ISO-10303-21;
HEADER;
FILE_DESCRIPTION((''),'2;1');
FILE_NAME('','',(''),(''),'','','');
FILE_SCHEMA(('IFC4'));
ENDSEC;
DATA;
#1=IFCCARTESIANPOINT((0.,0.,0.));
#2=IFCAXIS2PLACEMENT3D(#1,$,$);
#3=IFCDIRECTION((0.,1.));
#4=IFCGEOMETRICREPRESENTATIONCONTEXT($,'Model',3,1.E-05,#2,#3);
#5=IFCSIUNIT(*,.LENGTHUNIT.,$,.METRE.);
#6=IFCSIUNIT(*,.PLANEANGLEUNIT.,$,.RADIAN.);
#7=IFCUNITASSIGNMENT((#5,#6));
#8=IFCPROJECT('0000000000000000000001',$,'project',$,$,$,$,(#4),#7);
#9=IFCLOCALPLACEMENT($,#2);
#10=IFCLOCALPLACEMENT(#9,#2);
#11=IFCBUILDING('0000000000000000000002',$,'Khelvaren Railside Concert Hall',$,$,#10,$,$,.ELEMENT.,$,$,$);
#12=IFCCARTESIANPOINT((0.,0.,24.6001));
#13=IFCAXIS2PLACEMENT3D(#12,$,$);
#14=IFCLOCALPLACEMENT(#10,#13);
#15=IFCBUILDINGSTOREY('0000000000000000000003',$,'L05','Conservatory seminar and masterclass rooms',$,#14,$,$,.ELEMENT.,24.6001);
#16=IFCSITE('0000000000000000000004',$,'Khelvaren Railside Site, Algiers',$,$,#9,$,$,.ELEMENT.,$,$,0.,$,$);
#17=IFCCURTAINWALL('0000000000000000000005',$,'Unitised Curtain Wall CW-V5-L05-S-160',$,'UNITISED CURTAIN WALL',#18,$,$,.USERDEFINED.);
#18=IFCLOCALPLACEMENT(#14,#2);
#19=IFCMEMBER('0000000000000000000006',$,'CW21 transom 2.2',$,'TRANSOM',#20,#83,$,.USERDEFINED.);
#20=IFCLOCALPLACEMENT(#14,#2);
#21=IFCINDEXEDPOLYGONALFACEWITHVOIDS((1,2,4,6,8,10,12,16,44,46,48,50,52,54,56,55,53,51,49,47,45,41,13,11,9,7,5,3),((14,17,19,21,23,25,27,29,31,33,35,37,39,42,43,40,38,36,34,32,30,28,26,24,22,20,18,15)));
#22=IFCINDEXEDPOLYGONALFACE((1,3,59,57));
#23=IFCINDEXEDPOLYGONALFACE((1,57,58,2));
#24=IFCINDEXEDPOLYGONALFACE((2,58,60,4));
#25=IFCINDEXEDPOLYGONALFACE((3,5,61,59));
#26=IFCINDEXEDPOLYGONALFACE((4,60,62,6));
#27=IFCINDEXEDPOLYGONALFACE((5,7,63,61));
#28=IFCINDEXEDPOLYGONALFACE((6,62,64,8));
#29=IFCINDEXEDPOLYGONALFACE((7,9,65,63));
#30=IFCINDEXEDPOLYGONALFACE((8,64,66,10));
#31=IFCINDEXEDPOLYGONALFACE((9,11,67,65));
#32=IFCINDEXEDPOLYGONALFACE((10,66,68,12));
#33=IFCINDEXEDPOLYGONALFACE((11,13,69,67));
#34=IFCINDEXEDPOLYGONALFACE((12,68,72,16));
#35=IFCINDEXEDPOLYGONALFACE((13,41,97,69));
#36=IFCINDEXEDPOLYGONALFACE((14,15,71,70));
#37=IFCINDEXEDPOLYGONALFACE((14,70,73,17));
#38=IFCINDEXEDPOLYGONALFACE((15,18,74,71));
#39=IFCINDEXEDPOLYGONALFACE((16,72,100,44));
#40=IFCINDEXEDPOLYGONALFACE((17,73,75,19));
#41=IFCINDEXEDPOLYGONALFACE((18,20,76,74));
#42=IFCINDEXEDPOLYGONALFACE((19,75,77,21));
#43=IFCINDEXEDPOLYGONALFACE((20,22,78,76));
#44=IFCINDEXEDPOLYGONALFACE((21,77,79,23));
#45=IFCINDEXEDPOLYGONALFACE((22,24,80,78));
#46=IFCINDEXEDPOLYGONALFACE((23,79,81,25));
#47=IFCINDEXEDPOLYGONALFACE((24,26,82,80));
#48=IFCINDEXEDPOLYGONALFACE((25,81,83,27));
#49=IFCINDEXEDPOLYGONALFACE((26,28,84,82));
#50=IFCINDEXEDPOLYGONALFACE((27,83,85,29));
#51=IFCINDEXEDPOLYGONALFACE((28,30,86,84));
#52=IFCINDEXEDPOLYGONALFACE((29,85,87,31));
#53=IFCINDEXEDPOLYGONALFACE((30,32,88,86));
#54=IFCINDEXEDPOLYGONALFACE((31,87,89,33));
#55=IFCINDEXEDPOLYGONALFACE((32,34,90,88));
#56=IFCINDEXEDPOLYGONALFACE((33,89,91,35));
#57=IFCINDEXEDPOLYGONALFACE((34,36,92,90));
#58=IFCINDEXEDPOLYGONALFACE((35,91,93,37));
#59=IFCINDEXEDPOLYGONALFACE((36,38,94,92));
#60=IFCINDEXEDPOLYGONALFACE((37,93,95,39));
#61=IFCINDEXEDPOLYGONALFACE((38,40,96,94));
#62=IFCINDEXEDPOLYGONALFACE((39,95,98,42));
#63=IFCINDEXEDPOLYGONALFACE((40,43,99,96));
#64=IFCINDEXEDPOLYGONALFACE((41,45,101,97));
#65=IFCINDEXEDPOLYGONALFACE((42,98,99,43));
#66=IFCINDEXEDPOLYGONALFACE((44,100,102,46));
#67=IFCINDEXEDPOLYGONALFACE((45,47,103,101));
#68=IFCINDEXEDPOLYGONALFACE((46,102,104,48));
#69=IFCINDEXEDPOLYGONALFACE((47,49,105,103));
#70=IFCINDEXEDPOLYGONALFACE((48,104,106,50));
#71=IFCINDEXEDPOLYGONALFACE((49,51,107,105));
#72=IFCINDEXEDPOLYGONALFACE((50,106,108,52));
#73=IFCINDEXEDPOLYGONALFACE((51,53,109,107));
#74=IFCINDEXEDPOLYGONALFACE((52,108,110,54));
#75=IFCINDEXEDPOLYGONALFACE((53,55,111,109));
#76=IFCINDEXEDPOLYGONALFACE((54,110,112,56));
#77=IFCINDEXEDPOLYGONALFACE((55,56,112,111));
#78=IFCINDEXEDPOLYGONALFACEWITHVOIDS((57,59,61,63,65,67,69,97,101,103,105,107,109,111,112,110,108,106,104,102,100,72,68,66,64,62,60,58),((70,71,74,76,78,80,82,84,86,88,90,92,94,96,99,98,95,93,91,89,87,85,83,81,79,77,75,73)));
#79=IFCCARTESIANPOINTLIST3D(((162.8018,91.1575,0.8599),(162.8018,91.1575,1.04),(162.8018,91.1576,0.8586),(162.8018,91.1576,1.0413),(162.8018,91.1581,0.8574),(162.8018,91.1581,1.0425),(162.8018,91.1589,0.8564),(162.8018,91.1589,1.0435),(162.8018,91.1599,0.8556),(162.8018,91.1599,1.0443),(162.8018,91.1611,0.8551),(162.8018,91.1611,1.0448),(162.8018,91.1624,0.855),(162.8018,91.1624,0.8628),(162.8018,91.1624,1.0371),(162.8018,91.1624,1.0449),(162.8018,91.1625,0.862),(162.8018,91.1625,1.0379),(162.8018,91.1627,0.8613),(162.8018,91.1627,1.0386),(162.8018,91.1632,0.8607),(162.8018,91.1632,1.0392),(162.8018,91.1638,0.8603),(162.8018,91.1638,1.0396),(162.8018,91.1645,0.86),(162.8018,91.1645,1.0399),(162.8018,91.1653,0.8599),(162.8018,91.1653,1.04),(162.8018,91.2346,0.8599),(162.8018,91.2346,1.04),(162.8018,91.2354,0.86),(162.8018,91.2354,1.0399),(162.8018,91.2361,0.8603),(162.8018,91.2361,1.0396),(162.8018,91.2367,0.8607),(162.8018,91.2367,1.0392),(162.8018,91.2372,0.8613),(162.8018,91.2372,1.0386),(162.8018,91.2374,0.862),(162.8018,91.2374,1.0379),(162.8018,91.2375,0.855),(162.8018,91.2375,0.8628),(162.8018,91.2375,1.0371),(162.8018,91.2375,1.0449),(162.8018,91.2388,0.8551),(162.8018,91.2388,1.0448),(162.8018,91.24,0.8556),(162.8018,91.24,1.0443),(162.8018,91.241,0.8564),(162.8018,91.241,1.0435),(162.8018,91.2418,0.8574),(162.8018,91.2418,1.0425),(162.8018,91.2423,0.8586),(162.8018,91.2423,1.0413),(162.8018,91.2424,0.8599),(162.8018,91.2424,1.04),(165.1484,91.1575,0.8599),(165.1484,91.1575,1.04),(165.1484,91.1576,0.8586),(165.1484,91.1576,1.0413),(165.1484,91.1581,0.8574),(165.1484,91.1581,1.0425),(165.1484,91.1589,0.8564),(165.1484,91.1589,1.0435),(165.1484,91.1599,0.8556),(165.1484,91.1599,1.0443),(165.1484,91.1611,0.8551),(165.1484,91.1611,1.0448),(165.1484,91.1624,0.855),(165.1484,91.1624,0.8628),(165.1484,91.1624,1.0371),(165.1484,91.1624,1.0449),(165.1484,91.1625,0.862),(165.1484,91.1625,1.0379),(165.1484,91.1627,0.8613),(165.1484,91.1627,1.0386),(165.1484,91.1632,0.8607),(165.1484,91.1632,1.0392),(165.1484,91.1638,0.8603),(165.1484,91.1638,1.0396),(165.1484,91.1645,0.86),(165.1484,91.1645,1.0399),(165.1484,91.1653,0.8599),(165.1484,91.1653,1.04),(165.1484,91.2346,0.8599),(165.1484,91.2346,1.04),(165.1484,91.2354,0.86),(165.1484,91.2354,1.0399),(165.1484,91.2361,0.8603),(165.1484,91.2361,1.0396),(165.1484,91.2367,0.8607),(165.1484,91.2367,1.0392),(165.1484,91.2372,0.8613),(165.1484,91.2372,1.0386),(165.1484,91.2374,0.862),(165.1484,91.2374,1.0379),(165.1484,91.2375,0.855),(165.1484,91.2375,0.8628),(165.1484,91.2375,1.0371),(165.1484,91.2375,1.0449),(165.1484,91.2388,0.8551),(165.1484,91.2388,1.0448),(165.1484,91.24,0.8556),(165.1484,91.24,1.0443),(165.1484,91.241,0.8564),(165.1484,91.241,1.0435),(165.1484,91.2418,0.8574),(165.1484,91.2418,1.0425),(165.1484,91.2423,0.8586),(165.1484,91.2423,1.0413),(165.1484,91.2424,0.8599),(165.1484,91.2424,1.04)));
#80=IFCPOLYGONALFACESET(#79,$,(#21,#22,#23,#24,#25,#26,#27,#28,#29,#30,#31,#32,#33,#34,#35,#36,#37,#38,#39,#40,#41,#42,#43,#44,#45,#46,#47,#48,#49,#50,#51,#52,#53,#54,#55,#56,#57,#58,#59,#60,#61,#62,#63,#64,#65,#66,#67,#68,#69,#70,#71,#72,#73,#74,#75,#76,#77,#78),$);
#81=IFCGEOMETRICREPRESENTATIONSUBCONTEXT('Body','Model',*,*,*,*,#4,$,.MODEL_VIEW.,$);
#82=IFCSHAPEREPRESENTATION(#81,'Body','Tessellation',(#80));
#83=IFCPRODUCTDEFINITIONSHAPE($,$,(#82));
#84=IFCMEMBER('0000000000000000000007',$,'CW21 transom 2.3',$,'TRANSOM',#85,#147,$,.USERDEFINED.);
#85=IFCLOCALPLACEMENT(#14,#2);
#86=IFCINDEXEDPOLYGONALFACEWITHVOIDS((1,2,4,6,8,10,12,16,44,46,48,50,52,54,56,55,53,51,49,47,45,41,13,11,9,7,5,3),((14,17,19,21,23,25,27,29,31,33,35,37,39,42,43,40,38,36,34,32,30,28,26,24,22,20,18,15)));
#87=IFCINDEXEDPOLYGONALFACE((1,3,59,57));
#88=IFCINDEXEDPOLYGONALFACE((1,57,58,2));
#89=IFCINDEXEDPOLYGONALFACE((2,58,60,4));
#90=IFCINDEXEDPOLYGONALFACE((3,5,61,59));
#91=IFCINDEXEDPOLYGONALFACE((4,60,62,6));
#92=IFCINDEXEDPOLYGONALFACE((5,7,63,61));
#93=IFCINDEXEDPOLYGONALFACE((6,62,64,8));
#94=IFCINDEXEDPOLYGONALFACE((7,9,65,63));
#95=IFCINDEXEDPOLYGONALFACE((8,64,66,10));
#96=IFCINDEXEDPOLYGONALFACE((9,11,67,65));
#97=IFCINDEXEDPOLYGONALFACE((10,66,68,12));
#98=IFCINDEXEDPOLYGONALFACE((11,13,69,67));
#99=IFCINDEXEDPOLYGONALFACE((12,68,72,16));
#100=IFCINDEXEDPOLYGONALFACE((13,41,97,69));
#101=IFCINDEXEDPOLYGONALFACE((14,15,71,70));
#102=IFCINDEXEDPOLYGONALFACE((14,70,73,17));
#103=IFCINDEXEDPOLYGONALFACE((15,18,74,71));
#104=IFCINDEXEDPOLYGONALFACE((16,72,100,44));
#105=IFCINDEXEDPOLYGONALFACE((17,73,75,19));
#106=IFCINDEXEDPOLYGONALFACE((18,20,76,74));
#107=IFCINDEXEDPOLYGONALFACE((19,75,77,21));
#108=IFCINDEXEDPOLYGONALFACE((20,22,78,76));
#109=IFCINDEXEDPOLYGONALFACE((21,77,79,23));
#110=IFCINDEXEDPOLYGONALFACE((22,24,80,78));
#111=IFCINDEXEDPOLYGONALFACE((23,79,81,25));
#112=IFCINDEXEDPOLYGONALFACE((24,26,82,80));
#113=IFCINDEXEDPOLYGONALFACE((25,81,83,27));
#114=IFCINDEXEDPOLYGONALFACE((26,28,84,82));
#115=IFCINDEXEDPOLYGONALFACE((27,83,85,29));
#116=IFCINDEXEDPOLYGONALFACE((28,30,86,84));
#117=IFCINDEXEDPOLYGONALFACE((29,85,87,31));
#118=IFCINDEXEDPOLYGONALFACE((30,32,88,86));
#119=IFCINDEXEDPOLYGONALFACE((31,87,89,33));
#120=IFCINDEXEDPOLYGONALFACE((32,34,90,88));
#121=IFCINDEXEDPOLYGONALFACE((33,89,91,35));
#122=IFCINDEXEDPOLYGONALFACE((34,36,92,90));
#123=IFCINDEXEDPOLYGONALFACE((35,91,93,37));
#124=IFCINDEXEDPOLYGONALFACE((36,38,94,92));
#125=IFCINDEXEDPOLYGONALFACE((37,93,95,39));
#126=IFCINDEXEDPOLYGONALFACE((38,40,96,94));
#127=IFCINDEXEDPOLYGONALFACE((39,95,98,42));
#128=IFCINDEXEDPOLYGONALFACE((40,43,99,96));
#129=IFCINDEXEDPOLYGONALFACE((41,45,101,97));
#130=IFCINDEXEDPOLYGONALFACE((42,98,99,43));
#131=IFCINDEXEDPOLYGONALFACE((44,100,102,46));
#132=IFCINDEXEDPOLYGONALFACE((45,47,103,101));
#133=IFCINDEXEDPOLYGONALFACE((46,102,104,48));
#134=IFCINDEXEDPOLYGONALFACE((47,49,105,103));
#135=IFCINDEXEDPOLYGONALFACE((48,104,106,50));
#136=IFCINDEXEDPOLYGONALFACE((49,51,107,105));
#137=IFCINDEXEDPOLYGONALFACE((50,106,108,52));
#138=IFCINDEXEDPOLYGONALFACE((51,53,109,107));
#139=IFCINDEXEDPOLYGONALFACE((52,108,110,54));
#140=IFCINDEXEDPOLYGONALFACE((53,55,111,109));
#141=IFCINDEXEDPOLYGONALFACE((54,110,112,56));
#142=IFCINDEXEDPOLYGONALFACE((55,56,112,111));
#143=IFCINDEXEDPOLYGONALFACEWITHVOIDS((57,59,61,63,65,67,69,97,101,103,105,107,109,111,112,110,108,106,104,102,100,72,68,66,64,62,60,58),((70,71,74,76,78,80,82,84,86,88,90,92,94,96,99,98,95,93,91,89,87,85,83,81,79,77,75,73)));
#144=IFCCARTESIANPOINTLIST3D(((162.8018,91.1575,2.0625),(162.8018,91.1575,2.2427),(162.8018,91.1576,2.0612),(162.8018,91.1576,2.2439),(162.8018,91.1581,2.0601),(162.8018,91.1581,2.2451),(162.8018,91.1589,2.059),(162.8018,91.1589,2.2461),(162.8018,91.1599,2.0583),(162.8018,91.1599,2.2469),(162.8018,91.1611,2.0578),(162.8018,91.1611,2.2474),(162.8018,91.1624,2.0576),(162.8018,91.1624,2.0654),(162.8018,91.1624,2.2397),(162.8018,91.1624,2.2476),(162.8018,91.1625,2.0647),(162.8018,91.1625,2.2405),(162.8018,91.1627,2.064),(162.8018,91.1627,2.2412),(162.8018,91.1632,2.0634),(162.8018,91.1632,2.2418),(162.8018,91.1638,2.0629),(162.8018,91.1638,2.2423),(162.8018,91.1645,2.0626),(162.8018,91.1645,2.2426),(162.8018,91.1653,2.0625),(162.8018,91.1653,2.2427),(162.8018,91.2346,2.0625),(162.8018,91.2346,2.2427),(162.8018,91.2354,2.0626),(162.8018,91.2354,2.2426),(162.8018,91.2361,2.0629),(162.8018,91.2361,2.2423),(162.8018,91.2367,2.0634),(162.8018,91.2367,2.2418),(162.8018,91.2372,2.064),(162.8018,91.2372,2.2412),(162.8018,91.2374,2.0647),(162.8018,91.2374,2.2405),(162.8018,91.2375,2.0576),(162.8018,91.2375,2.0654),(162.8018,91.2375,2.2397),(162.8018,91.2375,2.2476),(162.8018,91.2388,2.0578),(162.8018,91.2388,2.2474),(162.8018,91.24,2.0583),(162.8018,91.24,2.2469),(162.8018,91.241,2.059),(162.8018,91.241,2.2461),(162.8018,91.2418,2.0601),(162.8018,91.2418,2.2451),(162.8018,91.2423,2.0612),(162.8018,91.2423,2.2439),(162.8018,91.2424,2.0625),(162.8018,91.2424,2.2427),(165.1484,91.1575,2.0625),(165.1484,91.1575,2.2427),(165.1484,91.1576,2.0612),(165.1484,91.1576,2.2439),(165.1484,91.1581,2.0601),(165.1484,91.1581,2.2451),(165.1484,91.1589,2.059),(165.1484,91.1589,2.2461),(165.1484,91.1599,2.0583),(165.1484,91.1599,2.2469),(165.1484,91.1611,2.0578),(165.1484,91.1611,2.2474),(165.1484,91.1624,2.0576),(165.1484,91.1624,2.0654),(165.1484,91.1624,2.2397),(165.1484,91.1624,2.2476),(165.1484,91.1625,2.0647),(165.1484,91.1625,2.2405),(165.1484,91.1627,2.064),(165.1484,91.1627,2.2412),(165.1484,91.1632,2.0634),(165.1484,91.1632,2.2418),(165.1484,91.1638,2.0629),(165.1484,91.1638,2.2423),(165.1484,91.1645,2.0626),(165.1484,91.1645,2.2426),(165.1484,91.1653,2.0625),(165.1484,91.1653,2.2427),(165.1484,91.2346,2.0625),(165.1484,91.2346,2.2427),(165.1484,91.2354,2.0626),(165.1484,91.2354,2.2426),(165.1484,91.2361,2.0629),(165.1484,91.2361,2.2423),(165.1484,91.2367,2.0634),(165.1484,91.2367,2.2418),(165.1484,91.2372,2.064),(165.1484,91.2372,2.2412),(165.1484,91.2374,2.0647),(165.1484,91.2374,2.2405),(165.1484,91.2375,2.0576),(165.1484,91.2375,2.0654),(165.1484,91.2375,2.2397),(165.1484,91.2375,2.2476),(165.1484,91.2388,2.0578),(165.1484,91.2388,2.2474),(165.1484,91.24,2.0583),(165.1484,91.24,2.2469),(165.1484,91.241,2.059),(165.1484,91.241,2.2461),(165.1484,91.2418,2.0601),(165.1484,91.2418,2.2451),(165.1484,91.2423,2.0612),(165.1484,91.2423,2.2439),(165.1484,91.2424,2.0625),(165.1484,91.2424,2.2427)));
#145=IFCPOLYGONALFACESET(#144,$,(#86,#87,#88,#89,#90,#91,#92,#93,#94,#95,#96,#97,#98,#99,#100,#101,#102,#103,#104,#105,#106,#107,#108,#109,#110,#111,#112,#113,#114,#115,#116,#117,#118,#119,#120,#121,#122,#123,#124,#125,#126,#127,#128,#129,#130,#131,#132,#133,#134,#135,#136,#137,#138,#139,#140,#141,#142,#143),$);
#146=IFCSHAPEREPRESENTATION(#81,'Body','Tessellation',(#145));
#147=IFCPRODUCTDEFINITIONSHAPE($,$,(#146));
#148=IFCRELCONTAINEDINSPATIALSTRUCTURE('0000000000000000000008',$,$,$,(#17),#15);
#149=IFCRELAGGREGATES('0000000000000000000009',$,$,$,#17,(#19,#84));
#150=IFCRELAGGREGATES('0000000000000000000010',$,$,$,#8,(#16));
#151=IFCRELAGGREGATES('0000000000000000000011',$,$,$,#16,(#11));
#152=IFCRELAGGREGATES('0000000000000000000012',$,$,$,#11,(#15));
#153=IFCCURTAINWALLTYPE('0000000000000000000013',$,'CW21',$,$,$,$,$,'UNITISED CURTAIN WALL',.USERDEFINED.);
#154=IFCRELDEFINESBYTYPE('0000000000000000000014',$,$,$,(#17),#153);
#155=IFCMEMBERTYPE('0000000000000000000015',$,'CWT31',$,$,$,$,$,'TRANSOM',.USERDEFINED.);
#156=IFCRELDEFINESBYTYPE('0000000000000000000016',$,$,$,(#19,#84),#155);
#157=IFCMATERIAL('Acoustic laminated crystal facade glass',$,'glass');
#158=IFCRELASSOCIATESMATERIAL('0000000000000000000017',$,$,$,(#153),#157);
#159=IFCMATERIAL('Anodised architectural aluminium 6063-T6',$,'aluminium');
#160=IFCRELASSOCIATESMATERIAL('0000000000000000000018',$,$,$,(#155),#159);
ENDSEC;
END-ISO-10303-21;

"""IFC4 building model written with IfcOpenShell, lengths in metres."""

from ifc_helpers import new_model, si_unit, direction, frame, origin, origin_2d, place, context, subcontext, project, spatial, hollow_rectangle, extrude, material, material_profile, profile_set, type_object, element, aggregate, save


model = new_model("IFC4")

# Units and contexts
model_context = context("Model", 3, precision=1e-05, world=origin(), true_north=direction((0.0, 1.0)))
body_context = subcontext(model_context, "Body", "Model", "MODEL_VIEW")
ifc_project = project(units=[si_unit("LENGTHUNIT", "METRE"), si_unit("PLANEANGLEUNIT", "RADIAN")], contexts=[model_context])

# Site, building, storey
site_placement = place(None, origin())
site = spatial("IfcSite", under=ifc_project, at=site_placement, Name="Khelvaren Railside Site, Algiers", CompositionType="ELEMENT", RefElevation=0.0)
building_placement = place(site_placement, origin())
building = spatial("IfcBuilding", under=site, at=building_placement, Name="Khelvaren Railside Concert Hall", CompositionType="ELEMENT")
storey_placement = place(building_placement, frame((0.0, 0.0, 24.6001)))
storey = spatial("IfcBuildingStorey", under=building, at=storey_placement, Name="L05", Description="Conservatory seminar and masterclass rooms", CompositionType="ELEMENT", Elevation=24.6001)

# Shared definitions
ifc_material_1 = material(Name="Acoustic laminated crystal facade glass", Category="glass")
ifc_material_2 = material(Name="Anodised architectural aluminium 6063-T6", Category="aluminium")

# Curtain wall
curtain_wall_type_1 = type_object("IfcCurtainWallType", Name="CW21", ElementType="UNITISED CURTAIN WALL", PredefinedType="USERDEFINED", material=ifc_material_1)
curtain_wall_1_placement = place(storey_placement, origin())
curtain_wall_1 = element("IfcCurtainWall", 1, at=curtain_wall_1_placement, inside=storey, type_object=curtain_wall_type_1, Name="Unitised Curtain Wall CW-V5-L05-S-160", ObjectType="UNITISED CURTAIN WALL", PredefinedType="USERDEFINED")

# Members
ifc_material_profile_1 = material_profile(ifc_material_2, hollow_rectangle(XDim=0.085, YDim=0.1899, WallThickness=0.0049, InnerFilletRadius=0.0029, OuterFilletRadius=0.0049, at=origin_2d()), Name="CWT 85x190x5")
ifc_profile_set_1 = profile_set([ifc_material_profile_1], Name="Anodised architectural aluminium 6063-T6")
member_type_1 = type_object("IfcMemberType", Name="CWT31", ElementType="TRANSOM", PredefinedType="USERDEFINED", material=ifc_profile_set_1)
member_1_placement = place(storey_placement, frame((165.1484, 91.2, 0.95), z_axis=(-1.0, 0.0, 0.0), x_axis=(0.0, -1.0, 0.0)))
member_1 = element("IfcMember", 2, at=member_1_placement, type_object=member_type_1, Name="CW21 transom 2.2", ObjectType="TRANSOM", PredefinedType="USERDEFINED", context=body_context, shape_type="SweptSolid", body=[
    extrude(hollow_rectangle(XDim=0.085, YDim=0.1899, WallThickness=0.0049, InnerFilletRadius=0.0029, OuterFilletRadius=0.0049, at=origin_2d()), origin(), (0.0, 0.0, 1.0), 2.3467),
])
member_2_placement = place(storey_placement, frame((165.1484, 91.2, 2.1526), z_axis=(-1.0, 0.0, 0.0), x_axis=(0.0, -1.0, 0.0)))
member_2 = element("IfcMember", 3, at=member_2_placement, type_object=member_type_1, Name="CW21 transom 2.3", ObjectType="TRANSOM", PredefinedType="USERDEFINED", context=body_context, shape_type="SweptSolid", body=[
    extrude(hollow_rectangle(XDim=0.085, YDim=0.1899, WallThickness=0.0049, InnerFilletRadius=0.0029, OuterFilletRadius=0.0049, at=origin_2d()), origin(), (0.0, 0.0, 1.0), 2.3467),
])

aggregate(curtain_wall_1, [member_1, member_2])

save(model, "model.ifc")
